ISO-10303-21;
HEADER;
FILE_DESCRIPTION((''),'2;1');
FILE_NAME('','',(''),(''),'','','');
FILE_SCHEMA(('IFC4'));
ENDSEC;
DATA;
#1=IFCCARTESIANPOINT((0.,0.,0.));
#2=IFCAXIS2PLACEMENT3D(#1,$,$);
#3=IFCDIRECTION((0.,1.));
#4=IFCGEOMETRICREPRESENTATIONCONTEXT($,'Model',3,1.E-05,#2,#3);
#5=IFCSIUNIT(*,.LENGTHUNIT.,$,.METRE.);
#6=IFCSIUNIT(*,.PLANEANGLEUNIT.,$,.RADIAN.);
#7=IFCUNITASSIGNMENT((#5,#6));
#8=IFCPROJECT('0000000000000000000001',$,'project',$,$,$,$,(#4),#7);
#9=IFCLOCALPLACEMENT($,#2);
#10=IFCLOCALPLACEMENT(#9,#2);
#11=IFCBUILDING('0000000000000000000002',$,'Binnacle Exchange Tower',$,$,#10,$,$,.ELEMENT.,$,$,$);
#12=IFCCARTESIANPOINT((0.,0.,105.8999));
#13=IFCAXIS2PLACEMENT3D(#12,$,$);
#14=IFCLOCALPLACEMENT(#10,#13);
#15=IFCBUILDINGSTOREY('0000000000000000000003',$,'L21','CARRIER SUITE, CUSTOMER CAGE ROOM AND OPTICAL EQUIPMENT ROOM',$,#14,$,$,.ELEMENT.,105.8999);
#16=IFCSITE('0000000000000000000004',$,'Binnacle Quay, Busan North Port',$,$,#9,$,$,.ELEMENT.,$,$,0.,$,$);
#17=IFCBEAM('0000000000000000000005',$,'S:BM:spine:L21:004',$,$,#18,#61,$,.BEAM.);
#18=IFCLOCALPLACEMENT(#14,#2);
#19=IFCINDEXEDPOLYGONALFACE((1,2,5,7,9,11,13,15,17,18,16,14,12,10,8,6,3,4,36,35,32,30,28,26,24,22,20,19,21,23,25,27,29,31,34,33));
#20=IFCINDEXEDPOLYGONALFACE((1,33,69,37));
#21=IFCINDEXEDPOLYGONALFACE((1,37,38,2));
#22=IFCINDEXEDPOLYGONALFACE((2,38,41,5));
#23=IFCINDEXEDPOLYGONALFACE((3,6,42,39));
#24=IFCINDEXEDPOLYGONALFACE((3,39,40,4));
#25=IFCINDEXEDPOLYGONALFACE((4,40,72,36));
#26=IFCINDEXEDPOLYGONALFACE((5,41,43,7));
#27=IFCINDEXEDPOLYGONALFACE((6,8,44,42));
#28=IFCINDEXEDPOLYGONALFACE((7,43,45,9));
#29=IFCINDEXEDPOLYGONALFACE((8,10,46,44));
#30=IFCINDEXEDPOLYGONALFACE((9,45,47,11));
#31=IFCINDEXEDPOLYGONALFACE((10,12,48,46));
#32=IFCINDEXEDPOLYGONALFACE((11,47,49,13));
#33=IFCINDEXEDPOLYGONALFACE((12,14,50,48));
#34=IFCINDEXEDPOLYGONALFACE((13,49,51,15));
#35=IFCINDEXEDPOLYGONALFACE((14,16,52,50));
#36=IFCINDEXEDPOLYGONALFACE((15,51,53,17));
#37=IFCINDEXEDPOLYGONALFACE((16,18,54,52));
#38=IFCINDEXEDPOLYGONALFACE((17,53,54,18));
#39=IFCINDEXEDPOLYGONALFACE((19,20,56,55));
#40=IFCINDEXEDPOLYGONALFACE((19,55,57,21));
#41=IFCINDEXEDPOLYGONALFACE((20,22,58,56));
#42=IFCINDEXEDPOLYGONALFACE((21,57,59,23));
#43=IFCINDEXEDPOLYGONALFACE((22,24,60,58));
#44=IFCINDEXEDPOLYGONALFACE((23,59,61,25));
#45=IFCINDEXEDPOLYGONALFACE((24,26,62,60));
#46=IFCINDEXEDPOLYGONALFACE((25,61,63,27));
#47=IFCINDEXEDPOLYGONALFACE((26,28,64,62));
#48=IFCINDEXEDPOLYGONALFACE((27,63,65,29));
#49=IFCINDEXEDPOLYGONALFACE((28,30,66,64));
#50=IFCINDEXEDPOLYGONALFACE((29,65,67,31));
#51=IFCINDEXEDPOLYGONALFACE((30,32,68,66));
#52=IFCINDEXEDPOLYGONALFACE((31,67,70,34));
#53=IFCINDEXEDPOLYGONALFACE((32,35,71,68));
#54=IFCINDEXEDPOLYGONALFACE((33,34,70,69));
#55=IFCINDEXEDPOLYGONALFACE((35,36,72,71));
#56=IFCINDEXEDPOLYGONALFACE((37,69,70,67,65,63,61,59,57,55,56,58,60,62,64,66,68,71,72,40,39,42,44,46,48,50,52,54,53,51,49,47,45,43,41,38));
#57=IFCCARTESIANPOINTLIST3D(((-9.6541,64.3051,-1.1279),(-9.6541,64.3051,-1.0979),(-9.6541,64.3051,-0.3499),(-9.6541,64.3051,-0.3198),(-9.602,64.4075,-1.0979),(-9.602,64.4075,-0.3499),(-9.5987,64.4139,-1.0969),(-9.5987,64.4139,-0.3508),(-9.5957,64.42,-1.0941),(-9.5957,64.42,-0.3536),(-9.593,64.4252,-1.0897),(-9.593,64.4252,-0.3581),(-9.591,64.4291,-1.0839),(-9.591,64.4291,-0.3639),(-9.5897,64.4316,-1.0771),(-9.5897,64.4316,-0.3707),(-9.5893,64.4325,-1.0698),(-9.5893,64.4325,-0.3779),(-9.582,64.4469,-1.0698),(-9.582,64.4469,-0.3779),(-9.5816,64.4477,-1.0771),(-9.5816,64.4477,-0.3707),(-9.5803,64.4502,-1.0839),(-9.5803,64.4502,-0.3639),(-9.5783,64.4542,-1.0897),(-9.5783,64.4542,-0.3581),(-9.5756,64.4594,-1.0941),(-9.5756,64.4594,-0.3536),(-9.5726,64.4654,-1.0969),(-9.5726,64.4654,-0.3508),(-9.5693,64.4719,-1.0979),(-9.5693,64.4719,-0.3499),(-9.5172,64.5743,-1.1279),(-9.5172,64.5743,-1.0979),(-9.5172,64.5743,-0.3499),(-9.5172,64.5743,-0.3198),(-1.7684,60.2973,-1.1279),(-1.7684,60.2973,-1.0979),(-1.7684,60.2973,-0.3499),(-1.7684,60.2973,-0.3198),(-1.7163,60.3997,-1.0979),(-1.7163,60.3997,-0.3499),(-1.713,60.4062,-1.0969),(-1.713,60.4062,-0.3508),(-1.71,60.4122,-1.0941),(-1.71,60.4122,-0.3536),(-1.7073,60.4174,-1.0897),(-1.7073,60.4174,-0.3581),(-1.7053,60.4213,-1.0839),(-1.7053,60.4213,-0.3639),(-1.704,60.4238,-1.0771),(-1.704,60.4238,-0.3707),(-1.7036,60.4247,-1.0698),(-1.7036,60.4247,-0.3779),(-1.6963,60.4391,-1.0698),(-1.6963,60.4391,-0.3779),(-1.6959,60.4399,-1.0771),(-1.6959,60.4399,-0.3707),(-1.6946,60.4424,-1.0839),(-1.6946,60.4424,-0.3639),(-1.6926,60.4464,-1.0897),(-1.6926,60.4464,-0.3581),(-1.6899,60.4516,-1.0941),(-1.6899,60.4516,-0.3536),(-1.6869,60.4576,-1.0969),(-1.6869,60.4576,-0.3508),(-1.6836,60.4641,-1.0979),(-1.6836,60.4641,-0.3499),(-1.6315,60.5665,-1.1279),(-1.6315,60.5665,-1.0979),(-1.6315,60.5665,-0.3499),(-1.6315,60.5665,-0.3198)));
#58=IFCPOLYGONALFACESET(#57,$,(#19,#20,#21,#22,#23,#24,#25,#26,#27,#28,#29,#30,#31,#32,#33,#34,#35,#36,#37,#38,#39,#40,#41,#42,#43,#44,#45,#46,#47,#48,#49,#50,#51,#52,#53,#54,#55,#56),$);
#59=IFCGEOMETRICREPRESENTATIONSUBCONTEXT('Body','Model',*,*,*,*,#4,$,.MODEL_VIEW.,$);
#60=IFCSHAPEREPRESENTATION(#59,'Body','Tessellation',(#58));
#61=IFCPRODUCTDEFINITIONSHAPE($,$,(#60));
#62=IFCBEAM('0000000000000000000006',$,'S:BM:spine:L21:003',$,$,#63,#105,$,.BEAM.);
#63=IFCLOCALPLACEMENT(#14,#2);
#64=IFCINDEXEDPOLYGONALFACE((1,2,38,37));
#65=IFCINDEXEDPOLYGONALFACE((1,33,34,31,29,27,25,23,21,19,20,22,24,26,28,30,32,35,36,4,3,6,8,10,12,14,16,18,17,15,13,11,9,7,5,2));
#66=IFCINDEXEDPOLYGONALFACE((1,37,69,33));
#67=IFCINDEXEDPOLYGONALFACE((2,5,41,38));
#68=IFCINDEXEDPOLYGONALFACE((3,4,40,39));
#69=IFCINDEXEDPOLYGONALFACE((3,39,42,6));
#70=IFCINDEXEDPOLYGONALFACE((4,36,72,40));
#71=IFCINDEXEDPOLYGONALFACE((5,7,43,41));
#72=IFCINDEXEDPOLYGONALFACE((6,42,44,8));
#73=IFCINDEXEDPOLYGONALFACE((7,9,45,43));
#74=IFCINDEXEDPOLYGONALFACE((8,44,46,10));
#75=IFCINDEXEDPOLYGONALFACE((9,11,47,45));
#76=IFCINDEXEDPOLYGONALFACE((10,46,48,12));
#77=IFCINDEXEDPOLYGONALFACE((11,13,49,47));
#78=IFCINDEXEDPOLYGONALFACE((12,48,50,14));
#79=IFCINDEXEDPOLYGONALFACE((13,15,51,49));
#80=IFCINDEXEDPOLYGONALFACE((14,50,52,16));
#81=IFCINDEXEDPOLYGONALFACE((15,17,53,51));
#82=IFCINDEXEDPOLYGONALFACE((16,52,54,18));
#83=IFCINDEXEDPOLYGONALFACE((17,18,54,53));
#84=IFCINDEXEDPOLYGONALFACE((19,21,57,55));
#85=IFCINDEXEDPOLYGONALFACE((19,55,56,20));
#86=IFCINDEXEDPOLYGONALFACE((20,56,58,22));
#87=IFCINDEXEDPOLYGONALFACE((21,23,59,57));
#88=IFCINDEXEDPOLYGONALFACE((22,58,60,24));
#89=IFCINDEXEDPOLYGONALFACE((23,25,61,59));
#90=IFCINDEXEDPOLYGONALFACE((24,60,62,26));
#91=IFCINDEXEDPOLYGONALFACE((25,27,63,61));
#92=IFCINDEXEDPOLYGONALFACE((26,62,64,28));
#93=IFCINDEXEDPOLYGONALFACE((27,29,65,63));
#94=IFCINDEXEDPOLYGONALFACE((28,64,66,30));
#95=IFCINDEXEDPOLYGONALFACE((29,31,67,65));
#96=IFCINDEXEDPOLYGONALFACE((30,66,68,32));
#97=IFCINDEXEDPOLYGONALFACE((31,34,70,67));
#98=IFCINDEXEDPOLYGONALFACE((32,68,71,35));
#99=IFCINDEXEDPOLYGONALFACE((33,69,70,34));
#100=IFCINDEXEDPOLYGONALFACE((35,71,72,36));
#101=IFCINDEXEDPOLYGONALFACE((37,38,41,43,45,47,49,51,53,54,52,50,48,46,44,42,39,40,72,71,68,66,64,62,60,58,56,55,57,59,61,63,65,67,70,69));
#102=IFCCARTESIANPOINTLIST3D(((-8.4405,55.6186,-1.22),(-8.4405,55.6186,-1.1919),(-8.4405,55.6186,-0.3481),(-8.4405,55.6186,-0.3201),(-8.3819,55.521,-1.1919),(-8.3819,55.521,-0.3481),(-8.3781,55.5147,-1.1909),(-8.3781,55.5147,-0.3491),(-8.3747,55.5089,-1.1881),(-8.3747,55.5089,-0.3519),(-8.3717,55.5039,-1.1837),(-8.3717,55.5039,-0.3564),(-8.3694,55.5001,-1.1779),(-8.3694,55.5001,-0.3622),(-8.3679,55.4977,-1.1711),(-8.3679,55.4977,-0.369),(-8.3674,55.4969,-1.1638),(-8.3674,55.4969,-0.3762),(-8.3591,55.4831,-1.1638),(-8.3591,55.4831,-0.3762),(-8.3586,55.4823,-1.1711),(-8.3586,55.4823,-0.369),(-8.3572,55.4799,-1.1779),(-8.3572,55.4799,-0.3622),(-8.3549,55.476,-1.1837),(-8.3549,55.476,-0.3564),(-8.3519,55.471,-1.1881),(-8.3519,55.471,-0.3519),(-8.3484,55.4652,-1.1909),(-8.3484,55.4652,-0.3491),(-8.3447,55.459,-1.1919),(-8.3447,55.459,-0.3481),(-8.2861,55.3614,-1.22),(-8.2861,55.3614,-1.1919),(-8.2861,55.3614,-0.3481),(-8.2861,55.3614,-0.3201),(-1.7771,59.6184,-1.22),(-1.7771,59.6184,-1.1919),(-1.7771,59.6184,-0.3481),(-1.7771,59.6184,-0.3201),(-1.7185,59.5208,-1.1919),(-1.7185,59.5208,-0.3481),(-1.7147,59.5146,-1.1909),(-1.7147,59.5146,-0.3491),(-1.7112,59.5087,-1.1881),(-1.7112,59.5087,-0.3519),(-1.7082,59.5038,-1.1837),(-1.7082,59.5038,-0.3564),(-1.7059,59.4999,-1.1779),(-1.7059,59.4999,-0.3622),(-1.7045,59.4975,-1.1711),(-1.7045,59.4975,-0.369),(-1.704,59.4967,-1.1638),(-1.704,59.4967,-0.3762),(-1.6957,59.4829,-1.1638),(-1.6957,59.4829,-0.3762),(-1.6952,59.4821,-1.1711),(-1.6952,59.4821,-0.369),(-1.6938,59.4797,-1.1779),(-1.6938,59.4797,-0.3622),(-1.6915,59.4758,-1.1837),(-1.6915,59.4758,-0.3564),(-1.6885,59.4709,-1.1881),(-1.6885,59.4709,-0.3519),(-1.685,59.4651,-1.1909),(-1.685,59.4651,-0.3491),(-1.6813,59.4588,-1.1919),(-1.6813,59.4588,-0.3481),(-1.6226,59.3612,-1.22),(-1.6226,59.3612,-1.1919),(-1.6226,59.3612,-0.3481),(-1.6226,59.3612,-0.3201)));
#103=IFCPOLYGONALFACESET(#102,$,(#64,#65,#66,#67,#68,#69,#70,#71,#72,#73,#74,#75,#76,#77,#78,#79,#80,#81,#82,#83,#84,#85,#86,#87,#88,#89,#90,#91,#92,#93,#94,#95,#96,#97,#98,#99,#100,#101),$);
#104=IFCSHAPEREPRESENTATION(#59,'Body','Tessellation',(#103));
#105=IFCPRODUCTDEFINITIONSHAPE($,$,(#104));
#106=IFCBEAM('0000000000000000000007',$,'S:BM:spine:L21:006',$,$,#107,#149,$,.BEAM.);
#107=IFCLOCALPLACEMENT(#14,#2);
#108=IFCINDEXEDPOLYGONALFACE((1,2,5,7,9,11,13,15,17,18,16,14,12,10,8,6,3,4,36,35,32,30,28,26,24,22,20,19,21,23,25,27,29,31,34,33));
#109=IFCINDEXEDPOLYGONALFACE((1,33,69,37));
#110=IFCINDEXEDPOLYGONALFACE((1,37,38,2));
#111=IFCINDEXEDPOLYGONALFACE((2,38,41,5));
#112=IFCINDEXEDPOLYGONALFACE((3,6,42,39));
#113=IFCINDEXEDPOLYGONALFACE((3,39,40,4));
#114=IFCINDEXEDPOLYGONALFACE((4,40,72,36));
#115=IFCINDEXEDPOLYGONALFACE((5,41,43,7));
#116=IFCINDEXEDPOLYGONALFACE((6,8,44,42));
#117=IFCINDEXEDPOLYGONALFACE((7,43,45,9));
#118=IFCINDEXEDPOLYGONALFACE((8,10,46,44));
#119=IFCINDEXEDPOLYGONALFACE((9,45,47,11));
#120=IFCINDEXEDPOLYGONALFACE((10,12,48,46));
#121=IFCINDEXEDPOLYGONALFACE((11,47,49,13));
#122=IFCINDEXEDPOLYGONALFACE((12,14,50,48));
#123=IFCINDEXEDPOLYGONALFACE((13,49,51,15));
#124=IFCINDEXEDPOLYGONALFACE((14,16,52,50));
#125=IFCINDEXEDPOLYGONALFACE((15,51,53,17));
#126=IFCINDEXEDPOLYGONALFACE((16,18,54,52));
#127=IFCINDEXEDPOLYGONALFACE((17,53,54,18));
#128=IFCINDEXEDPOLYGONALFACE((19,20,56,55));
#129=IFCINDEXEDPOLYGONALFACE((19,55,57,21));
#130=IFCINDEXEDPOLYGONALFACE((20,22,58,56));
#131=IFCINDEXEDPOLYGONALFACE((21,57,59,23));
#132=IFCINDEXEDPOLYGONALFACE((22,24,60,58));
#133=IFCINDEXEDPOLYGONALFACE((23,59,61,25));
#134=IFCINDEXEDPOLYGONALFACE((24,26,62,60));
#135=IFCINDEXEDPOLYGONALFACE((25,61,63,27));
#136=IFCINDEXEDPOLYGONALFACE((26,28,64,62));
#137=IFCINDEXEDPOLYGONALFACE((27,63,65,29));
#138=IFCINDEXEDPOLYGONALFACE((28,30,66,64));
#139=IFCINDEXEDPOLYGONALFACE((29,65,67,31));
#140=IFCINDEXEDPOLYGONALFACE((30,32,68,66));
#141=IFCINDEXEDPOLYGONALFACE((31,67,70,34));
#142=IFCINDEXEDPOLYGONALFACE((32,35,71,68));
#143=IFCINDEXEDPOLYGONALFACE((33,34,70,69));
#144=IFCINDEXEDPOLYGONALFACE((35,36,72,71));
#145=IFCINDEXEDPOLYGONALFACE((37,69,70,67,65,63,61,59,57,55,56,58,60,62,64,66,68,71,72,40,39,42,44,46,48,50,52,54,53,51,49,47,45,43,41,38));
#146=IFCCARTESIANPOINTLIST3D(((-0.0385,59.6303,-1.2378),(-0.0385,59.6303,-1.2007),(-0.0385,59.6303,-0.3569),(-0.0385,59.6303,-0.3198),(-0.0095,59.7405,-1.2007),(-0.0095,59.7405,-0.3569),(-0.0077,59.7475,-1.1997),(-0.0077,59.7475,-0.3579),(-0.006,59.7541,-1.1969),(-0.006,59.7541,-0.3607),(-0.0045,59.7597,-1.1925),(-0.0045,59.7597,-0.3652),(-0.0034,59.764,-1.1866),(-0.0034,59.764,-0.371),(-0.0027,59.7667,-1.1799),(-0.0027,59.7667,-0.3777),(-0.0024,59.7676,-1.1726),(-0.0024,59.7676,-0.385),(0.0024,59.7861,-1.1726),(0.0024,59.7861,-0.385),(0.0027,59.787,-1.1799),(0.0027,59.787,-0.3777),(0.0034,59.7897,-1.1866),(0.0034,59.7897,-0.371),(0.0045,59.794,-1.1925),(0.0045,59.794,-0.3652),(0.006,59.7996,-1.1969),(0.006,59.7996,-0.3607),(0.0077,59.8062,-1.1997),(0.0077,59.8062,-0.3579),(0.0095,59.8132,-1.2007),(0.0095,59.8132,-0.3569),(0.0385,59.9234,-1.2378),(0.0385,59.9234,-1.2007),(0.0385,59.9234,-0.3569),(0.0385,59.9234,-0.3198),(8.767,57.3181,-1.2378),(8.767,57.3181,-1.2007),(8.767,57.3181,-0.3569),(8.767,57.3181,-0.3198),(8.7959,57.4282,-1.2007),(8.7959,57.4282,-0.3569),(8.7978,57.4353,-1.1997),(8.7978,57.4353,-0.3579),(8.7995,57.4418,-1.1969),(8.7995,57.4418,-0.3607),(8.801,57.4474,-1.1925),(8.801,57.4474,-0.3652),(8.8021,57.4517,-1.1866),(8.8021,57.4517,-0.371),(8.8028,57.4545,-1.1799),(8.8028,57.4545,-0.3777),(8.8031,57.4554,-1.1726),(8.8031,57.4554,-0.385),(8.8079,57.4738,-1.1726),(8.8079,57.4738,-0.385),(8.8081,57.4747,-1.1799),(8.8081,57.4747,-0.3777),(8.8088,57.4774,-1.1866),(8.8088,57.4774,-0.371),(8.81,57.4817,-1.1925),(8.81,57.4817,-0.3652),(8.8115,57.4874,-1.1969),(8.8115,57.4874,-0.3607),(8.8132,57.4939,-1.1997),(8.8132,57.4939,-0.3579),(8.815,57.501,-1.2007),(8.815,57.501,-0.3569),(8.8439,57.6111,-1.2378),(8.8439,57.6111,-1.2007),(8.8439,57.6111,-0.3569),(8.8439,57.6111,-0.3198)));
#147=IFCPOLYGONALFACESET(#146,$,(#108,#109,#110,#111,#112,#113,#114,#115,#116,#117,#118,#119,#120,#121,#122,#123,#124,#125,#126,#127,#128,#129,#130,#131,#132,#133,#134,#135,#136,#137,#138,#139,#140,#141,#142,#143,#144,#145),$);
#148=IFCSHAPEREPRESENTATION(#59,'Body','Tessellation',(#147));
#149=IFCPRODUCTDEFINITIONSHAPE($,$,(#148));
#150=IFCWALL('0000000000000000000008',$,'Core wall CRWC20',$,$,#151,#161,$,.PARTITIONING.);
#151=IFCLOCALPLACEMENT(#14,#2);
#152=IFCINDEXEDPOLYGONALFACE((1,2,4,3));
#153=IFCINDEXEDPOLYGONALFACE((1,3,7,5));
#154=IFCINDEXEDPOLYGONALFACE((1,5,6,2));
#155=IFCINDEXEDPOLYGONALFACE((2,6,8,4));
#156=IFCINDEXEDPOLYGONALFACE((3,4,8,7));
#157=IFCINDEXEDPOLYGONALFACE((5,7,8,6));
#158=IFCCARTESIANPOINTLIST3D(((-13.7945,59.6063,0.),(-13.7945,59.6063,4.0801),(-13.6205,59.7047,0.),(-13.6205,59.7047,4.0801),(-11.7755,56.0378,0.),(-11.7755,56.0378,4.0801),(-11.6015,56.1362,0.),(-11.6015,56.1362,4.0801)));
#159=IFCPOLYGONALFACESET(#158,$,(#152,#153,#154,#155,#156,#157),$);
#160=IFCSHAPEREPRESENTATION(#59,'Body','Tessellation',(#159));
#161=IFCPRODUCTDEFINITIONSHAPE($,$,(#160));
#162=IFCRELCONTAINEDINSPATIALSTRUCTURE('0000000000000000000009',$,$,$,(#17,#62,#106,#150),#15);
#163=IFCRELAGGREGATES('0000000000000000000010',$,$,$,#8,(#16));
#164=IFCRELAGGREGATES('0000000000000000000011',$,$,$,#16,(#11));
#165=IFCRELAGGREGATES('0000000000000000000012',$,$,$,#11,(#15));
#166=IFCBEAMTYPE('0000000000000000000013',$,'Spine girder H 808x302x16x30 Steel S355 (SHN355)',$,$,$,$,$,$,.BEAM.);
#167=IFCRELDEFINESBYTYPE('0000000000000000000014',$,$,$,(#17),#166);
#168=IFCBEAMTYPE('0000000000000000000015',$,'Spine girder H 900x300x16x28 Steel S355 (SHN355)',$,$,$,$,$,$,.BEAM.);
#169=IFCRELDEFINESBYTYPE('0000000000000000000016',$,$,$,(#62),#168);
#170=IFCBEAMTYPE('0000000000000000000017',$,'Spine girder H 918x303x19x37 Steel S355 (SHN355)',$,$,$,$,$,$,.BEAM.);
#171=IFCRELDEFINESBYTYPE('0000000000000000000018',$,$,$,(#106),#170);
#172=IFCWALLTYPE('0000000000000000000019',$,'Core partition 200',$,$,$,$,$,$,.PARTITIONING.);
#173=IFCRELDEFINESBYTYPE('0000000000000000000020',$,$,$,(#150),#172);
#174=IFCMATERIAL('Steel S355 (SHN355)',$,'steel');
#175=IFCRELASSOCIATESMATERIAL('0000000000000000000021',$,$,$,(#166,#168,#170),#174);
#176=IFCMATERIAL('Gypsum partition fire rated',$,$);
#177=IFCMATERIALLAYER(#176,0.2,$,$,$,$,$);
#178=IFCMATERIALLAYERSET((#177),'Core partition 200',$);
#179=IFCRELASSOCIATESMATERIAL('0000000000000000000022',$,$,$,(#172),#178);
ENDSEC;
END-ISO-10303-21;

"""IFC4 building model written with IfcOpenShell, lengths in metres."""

from ifc_helpers import new_model, si_unit, direction, frame, frame_2d, origin, origin_2d, place, context, subcontext, project, spatial, rectangle, i_section, extrude, material, layer, layer_set, material_profile, profile_set, type_object, element, save


model = new_model("IFC4")

# Units and contexts
model_context = context("Model", 3, precision=1e-05, world=origin(), true_north=direction((0.0, 1.0)))
body_context = subcontext(model_context, "Body", "Model", "MODEL_VIEW")
ifc_project = project(units=[si_unit("LENGTHUNIT", "METRE"), si_unit("PLANEANGLEUNIT", "RADIAN")], contexts=[model_context])

# Site, building, storey
site_placement = place(None, origin())
site = spatial("IfcSite", under=ifc_project, at=site_placement, Name="Binnacle Quay, Busan North Port", CompositionType="ELEMENT", RefElevation=0.0)
building_placement = place(site_placement, origin())
building = spatial("IfcBuilding", under=site, at=building_placement, Name="Binnacle Exchange Tower", CompositionType="ELEMENT")
storey_placement = place(building_placement, frame((0.0, 0.0, 105.8999)))
storey = spatial("IfcBuildingStorey", under=building, at=storey_placement, Name="L21", Description="CARRIER SUITE, CUSTOMER CAGE ROOM AND OPTICAL EQUIPMENT ROOM", CompositionType="ELEMENT", Elevation=105.8999)

# Beams
ifc_material_1 = material(Name="Steel S355 (SHN355)", Category="steel")
ifc_material_profile_1 = material_profile(ifc_material_1, i_section(OverallWidth=0.302, OverallDepth=0.8081, WebThickness=0.0161, FlangeThickness=0.03, FilletRadius=0.0281, at=origin_2d()), Name="H 808x302x16x30")
ifc_profile_set_1 = profile_set([ifc_material_profile_1], Name="Steel S355 (SHN355)")
beam_type_1 = type_object("IfcBeamType", Name="Spine girder H 808x302x16x30 Steel S355 (SHN355)", PredefinedType="BEAM", material=ifc_profile_set_1)
beam_1_placement = place(storey_placement, frame((-1.7, 60.4319, -0.7239), z_axis=(-0.891471, 0.453077, 0.0), x_axis=(-0.453077, -0.891471, 0.0)))
element("IfcBeam", 1, at=beam_1_placement, inside=storey, type_object=beam_type_1, Name="S:BM:spine:L21:004", PredefinedType="BEAM", context=body_context, shape_type="SweptSolid", body=[
    extrude(i_section(OverallWidth=0.302, OverallDepth=0.8081, WebThickness=0.0161, FlangeThickness=0.03, FilletRadius=0.0281, at=origin_2d()), origin(), (0.0, 0.0, 1.0), 8.8457),
])
ifc_material_profile_2 = material_profile(ifc_material_1, i_section(OverallWidth=0.3, OverallDepth=0.8999, WebThickness=0.0161, FlangeThickness=0.0281, FilletRadius=0.0281, at=origin_2d()), Name="H 900x300x16x28")
ifc_profile_set_2 = profile_set([ifc_material_profile_2], Name="Steel S355 (SHN355)")
beam_type_2 = type_object("IfcBeamType", Name="Spine girder H 900x300x16x28 Steel S355 (SHN355)", PredefinedType="BEAM", material=ifc_profile_set_2)
beam_2_placement = place(storey_placement, frame((-8.3633, 55.49, -0.77), z_axis=(0.857393, 0.514662, 0.0), x_axis=(-0.514662, 0.857393, 0.0)))
element("IfcBeam", 2, at=beam_2_placement, inside=storey, type_object=beam_type_2, Name="S:BM:spine:L21:003", PredefinedType="BEAM", context=body_context, shape_type="SweptSolid", body=[
    extrude(i_section(OverallWidth=0.3, OverallDepth=0.8999, WebThickness=0.0161, FlangeThickness=0.0281, FilletRadius=0.0281, at=origin_2d()), origin(), (0.0, 0.0, 1.0), 7.7717),
])
ifc_material_profile_3 = material_profile(ifc_material_1, i_section(OverallWidth=0.303, OverallDepth=0.918, WebThickness=0.019, FlangeThickness=0.0371, FilletRadius=0.0281, at=origin_2d()), Name="H 918x303x19x37")
ifc_profile_set_3 = profile_set([ifc_material_profile_3], Name="Steel S355 (SHN355)")
beam_type_3 = type_object("IfcBeamType", Name="Spine girder H 918x303x19x37 Steel S355 (SHN355)", PredefinedType="BEAM", material=ifc_profile_set_3)
beam_3_placement = place(storey_placement, frame((0.0, 59.7769, -0.7788), z_axis=(0.967208, -0.253984, 0.0), x_axis=(0.253984, 0.967208, 0.0)))
element("IfcBeam", 3, at=beam_3_placement, inside=storey, type_object=beam_type_3, Name="S:BM:spine:L21:006", PredefinedType="BEAM", context=body_context, shape_type="SweptSolid", body=[
    extrude(i_section(OverallWidth=0.303, OverallDepth=0.918, WebThickness=0.019, FlangeThickness=0.0371, FilletRadius=0.0281, at=origin_2d()), origin(), (0.0, 0.0, 1.0), 9.104),
])

# Wall
ifc_material_2 = material(Name="Gypsum partition fire rated")
ifc_layer_1 = layer(ifc_material_2, 0.2)
ifc_layer_set_1 = layer_set([ifc_layer_1], Name="Core partition 200")
wall_type_1 = type_object("IfcWallType", Name="Core partition 200", PredefinedType="PARTITIONING", material=ifc_layer_set_1)
wall_1_placement = place(storey_placement, frame((-13.7075, 59.6555, 0.0), z_axis=(0.0, 0.0, 1.0), x_axis=(0.492428, -0.870353, 0.0)))
element("IfcWall", 4, at=wall_1_placement, inside=storey, type_object=wall_type_1, Name="Core wall CRWC20", PredefinedType="PARTITIONING", context=body_context, shape_type="SweptSolid", body=[
    extrude(rectangle(XDim=4.1001, YDim=0.2, at=frame_2d((2.05, 0.0))), origin(), (0.0, 0.0, 1.0), 4.0801),
])

save(model, "model.ifc")
